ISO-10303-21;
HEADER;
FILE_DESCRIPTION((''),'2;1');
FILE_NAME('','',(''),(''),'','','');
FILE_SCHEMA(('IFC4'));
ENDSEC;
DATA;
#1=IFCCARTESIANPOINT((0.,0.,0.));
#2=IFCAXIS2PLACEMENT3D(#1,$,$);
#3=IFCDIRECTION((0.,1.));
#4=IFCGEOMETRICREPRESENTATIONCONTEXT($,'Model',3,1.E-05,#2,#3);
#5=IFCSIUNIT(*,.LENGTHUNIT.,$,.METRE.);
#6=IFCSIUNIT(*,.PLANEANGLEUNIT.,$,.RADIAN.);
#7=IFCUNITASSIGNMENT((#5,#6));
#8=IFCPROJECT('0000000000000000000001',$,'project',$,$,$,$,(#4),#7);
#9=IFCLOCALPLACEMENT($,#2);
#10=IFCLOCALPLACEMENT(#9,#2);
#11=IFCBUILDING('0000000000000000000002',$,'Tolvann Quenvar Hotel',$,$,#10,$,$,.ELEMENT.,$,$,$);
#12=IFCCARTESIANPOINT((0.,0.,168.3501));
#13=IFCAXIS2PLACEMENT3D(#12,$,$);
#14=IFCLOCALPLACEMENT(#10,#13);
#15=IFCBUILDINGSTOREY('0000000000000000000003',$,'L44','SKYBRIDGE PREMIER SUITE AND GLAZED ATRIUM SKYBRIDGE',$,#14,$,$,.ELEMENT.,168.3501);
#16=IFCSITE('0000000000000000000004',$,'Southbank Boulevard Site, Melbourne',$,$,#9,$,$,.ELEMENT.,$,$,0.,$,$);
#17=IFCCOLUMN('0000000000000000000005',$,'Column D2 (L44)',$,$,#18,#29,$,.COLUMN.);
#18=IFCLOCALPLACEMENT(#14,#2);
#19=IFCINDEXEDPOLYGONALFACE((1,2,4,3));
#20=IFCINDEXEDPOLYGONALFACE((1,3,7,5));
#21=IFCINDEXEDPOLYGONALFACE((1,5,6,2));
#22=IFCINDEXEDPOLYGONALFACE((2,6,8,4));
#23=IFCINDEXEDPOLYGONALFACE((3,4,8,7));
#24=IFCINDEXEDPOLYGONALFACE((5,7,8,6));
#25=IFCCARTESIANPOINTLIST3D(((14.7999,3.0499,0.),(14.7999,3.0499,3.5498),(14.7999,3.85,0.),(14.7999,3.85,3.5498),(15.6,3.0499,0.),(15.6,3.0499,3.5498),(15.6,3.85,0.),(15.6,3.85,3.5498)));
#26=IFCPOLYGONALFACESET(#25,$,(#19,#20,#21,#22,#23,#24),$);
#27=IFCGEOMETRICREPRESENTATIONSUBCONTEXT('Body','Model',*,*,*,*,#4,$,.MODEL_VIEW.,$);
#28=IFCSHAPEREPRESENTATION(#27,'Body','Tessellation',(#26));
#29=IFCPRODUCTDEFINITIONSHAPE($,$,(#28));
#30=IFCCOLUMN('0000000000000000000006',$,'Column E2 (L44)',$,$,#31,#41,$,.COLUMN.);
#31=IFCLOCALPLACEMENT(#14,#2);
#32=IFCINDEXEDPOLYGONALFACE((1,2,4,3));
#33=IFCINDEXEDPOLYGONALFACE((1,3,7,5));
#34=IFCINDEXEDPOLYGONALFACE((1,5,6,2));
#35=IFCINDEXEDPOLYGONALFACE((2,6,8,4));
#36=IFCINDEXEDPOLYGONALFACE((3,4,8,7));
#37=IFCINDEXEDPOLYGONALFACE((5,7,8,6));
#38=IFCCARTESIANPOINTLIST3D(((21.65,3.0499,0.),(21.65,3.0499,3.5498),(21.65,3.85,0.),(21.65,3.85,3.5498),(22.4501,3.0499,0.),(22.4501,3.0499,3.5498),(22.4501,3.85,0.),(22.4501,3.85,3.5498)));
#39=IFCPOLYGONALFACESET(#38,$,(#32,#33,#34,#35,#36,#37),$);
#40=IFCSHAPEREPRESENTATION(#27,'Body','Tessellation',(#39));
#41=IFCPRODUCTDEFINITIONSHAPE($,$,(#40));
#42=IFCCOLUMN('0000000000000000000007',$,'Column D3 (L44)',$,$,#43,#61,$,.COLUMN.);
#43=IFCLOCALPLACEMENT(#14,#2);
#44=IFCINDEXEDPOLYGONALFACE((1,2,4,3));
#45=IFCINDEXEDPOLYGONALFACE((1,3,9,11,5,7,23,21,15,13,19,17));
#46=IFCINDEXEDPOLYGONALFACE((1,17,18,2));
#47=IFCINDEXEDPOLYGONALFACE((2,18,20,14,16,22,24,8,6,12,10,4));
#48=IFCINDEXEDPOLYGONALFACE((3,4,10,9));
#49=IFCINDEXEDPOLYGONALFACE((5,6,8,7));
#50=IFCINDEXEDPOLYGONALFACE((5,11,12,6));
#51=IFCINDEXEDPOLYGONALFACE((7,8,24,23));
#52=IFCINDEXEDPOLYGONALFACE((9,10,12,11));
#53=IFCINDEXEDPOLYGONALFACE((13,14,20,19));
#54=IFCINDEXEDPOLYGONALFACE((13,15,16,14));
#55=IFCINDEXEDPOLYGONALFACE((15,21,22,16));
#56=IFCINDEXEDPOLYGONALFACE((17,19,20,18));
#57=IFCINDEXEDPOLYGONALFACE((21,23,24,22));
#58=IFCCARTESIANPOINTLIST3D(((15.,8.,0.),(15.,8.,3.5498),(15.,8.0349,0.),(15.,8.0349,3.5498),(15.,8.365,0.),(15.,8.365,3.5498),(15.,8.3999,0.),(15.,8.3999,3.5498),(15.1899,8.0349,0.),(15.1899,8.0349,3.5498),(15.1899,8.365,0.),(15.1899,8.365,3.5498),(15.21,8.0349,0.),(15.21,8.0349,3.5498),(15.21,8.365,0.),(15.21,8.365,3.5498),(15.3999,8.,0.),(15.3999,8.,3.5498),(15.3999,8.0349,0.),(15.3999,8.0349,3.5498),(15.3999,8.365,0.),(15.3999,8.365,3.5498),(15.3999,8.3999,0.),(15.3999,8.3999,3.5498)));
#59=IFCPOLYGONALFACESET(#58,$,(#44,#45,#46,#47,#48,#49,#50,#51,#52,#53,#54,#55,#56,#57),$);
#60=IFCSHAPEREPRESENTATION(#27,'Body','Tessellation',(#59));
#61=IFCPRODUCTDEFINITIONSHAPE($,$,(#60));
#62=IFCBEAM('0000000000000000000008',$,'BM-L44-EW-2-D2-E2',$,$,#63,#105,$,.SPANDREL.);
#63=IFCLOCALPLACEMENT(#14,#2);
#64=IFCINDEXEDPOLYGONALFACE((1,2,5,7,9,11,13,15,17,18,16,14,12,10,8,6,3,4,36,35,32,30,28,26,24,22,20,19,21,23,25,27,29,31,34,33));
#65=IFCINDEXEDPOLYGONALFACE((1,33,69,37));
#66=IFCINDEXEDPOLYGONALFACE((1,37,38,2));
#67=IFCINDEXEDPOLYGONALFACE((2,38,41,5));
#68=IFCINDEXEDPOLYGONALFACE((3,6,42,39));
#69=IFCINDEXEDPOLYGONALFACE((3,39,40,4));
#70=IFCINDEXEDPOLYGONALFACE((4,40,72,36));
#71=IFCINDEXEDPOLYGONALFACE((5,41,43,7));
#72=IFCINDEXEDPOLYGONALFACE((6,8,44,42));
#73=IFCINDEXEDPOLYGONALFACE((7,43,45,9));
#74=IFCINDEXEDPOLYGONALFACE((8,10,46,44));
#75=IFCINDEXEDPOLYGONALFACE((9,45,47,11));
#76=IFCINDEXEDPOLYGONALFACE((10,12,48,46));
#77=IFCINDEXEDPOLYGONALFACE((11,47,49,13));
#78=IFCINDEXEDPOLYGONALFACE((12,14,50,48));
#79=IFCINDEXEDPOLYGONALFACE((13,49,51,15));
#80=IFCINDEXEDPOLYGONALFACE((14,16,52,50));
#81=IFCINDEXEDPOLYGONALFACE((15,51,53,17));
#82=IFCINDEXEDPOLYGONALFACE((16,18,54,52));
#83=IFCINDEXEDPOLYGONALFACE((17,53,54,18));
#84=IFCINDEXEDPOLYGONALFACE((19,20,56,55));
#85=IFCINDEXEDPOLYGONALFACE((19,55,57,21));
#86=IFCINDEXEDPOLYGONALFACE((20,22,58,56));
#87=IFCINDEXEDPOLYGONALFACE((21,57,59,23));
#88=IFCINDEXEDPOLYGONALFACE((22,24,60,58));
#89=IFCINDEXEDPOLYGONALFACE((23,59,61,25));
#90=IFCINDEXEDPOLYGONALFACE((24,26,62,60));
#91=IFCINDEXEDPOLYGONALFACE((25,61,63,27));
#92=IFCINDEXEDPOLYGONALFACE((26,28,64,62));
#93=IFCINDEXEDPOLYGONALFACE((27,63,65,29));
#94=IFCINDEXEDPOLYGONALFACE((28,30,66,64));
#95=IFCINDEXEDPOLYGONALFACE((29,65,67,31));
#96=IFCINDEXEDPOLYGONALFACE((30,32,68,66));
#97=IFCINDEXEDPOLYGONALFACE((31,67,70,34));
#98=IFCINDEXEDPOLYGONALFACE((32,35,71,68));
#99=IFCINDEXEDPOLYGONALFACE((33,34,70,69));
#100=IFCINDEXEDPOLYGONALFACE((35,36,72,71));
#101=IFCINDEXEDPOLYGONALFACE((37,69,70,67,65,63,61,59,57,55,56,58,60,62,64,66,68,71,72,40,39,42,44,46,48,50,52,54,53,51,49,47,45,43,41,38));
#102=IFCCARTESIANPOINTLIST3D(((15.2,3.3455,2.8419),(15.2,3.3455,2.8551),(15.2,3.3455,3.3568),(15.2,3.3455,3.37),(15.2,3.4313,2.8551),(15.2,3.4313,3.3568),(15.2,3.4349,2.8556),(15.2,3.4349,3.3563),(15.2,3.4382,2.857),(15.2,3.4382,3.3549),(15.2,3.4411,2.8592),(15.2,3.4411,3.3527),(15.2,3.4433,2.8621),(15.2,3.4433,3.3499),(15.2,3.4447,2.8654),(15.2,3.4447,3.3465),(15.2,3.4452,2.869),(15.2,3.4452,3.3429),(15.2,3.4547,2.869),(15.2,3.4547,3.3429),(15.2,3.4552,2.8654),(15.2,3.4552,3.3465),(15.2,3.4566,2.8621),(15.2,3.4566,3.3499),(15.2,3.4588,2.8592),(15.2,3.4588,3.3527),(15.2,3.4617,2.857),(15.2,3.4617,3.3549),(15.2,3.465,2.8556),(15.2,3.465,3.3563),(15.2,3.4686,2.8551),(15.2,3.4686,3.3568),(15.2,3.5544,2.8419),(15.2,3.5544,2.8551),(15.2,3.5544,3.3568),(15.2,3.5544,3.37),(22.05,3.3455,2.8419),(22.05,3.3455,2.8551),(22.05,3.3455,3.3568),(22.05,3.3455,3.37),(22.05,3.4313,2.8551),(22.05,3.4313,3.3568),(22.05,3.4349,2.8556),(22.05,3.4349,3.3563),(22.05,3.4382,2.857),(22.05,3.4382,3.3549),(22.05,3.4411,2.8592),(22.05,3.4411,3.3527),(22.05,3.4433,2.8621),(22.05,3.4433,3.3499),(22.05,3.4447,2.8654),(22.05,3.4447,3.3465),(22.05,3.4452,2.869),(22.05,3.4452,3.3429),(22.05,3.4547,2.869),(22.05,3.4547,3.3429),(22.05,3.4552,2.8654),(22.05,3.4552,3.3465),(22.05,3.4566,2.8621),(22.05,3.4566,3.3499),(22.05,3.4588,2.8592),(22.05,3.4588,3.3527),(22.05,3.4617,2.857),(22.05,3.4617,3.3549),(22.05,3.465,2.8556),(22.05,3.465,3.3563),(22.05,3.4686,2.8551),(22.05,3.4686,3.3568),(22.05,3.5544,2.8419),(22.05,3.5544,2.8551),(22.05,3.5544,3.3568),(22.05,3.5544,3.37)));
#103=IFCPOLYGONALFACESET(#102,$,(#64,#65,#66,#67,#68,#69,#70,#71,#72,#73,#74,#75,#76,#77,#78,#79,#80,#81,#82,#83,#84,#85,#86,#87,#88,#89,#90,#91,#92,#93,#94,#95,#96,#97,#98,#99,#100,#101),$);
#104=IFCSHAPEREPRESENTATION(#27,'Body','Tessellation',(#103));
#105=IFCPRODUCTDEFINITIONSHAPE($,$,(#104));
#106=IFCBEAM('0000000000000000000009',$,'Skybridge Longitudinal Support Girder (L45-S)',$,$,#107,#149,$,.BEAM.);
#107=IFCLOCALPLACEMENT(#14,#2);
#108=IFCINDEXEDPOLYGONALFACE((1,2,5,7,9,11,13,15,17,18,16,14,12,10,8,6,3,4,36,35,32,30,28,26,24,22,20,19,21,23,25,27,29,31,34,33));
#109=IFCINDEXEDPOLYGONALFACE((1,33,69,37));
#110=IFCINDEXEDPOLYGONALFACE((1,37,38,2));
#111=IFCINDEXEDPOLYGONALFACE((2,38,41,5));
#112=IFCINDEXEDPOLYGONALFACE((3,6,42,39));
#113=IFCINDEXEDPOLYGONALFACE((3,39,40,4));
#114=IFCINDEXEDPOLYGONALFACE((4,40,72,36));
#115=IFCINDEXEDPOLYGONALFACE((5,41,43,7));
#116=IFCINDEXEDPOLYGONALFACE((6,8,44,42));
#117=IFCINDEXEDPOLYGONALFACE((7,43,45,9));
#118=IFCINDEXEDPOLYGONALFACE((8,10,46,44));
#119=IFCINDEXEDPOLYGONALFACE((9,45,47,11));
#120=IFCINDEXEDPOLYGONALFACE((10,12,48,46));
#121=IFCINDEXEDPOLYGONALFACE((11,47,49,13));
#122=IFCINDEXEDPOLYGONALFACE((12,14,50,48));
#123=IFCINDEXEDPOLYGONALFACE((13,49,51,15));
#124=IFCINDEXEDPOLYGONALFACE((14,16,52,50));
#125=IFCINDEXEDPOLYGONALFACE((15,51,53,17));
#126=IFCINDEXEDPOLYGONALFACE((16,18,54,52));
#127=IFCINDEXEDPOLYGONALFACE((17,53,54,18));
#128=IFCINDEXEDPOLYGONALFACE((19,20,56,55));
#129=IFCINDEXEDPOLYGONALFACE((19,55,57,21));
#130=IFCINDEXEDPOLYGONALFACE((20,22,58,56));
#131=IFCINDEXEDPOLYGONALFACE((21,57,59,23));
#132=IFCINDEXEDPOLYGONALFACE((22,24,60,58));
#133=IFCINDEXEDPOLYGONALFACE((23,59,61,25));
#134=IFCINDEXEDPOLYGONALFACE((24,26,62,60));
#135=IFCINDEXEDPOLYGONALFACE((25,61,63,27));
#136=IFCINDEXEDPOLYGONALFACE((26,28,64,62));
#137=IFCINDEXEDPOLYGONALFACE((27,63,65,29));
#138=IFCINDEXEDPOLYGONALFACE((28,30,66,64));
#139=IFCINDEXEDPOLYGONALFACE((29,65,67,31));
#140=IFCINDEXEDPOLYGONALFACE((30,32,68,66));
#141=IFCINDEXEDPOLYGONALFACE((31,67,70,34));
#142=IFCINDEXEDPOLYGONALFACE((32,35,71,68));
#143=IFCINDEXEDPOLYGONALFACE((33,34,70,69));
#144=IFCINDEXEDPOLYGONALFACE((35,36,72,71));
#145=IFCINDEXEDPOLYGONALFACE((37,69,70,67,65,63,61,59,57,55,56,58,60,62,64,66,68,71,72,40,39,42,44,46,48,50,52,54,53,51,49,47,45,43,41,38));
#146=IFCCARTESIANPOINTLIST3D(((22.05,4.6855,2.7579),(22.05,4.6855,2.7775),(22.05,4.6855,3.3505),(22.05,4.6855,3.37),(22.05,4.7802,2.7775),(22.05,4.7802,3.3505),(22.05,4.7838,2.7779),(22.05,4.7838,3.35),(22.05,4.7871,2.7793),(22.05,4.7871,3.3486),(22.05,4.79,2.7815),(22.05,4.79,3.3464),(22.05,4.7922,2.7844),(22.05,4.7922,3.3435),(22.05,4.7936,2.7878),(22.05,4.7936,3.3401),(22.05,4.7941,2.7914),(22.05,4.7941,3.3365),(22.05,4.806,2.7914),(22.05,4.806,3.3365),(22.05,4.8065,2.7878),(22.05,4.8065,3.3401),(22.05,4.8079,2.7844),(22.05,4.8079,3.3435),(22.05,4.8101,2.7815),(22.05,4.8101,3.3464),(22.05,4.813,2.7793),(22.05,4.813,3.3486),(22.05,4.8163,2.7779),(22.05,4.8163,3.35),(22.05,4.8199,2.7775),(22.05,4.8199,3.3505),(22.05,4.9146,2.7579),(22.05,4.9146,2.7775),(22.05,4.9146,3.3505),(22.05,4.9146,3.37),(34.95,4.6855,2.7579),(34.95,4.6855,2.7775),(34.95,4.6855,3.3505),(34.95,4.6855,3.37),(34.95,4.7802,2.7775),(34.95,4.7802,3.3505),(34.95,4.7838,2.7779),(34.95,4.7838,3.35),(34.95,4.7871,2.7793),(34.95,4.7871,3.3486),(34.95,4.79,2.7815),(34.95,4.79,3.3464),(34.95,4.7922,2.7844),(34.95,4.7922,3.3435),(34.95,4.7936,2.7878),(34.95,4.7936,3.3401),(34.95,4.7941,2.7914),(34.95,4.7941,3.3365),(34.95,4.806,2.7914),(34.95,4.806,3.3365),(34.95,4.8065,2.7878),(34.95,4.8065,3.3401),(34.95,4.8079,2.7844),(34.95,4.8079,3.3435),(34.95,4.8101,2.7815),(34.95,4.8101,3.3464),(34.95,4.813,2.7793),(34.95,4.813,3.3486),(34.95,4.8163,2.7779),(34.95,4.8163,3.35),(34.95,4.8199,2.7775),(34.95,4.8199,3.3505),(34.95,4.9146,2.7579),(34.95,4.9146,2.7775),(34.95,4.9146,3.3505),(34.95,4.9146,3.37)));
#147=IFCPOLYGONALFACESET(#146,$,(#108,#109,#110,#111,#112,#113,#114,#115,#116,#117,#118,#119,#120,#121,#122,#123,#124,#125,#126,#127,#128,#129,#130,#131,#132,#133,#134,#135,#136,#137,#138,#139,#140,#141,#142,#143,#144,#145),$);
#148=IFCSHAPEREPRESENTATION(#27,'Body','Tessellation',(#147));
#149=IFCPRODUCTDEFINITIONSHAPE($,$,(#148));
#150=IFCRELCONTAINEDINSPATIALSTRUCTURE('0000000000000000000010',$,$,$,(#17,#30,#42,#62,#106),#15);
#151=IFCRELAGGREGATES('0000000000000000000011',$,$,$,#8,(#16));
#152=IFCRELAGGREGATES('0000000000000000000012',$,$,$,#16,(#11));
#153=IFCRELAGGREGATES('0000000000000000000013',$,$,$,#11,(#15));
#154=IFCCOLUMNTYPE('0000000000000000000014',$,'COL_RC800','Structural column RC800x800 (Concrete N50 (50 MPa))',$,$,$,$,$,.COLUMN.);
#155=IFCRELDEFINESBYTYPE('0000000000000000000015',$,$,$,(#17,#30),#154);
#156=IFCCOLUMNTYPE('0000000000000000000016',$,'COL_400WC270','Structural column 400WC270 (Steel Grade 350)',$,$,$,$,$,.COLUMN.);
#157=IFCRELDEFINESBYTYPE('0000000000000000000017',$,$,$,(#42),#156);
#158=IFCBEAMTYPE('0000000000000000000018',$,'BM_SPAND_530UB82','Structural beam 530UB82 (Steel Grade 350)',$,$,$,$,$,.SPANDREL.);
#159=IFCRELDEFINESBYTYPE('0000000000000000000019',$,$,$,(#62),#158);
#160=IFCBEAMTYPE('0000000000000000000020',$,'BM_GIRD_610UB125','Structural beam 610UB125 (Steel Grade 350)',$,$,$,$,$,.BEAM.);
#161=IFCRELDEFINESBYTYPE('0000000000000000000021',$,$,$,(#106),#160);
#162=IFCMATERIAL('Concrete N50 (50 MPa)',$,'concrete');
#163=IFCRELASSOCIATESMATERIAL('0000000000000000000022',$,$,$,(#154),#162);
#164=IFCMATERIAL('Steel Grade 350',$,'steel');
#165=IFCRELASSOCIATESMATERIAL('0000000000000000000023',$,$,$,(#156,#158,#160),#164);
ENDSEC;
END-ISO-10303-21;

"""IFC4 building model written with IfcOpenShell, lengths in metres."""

from ifc_helpers import new_model, si_unit, direction, frame, origin, origin_2d, place, context, subcontext, project, spatial, rectangle, i_section, extrude, source, transform, mapped, material, material_profile, profile_set, type_object, type_shapes, element, save


model = new_model("IFC4")

# Units and contexts
model_context = context("Model", 3, precision=1e-05, world=origin(), true_north=direction((0.0, 1.0)))
body_context = subcontext(model_context, "Body", "Model", "MODEL_VIEW")
ifc_project = project(units=[si_unit("LENGTHUNIT", "METRE"), si_unit("PLANEANGLEUNIT", "RADIAN")], contexts=[model_context])

# Site, building, storey
site_placement = place(None, origin())
site = spatial("IfcSite", under=ifc_project, at=site_placement, Name="Southbank Boulevard Site, Melbourne", CompositionType="ELEMENT", RefElevation=0.0)
building_placement = place(site_placement, origin())
building = spatial("IfcBuilding", under=site, at=building_placement, Name="Tolvann Quenvar Hotel", CompositionType="ELEMENT")
storey_placement = place(building_placement, frame((0.0, 0.0, 168.3501)))
storey = spatial("IfcBuildingStorey", under=building, at=storey_placement, Name="L44", Description="SKYBRIDGE PREMIER SUITE AND GLAZED ATRIUM SKYBRIDGE", CompositionType="ELEMENT", Elevation=168.3501)

# Columns
ifc_material_1 = material(Name="Concrete N50 (50 MPa)", Category="concrete")
ifc_material_profile_1 = material_profile(ifc_material_1, rectangle(XDim=0.8, YDim=0.8, at=origin_2d()), Name="RC800x800")
ifc_profile_set_1 = profile_set([ifc_material_profile_1], Name="Concrete N50 (50 MPa)")
column_type_1 = type_object("IfcColumnType", Name="COL_RC800", Description="Structural column RC800x800 (Concrete N50 (50 MPa))", PredefinedType="COLUMN", material=ifc_profile_set_1)
shared_shape_1 = source(origin(), body_context, "Body", "SweptSolid", [
    extrude(rectangle(XDim=0.8, YDim=0.8, at=origin_2d()), origin(), (0.0, 0.0, 1.0), 3.5498),
])
type_shapes(column_type_1, [shared_shape_1])
for number, where, z_axis, x_axis, name in (
    (1, (15.2, 3.45, 0.0), (0.0, 0.0, 1.0), (1.0, 0.0, 0.0), "Column D2 (L44)"),
    (2, (22.05, 3.45, 0.0), (0.0, 0.0, 1.0), (1.0, 0.0, 0.0), "Column E2 (L44)"),
):
    element("IfcColumn", number, at=place(storey_placement, frame(where, z_axis=z_axis, x_axis=x_axis)), inside=storey, type_object=column_type_1, Name=name, PredefinedType="COLUMN", context=body_context, shape_type="MappedRepresentation", body=[
        mapped(shared_shape_1, transform((0.0, 0.0, 0.0), x_axis=(1.0, 0.0, 0.0), y_axis=(0.0, 1.0, 0.0), z_axis=(0.0, 0.0, 1.0), scale=1.0)),
    ])
ifc_material_2 = material(Name="Steel Grade 350", Category="steel")
ifc_material_profile_2 = material_profile(ifc_material_2, i_section(OverallWidth=0.3999, OverallDepth=0.3999, WebThickness=0.02, FlangeThickness=0.0349, at=origin_2d()), Name="400WC270")
ifc_profile_set_2 = profile_set([ifc_material_profile_2], Name="Steel Grade 350")
column_type_2 = type_object("IfcColumnType", Name="COL_400WC270", Description="Structural column 400WC270 (Steel Grade 350)", PredefinedType="COLUMN", material=ifc_profile_set_2)
shared_shape_2 = source(origin(), body_context, "Body", "SweptSolid", [
    extrude(i_section(OverallWidth=0.3999, OverallDepth=0.3999, WebThickness=0.02, FlangeThickness=0.0349, at=origin_2d()), origin(), (0.0, 0.0, 1.0), 3.5498),
])
type_shapes(column_type_2, [shared_shape_2])
column_placement = place(storey_placement, frame((15.2, 8.2, 0.0), z_axis=(0.0, 0.0, 1.0), x_axis=(1.0, 0.0, 0.0)))
element("IfcColumn", 3, at=column_placement, inside=storey, type_object=column_type_2, Name="Column D3 (L44)", PredefinedType="COLUMN", context=body_context, shape_type="MappedRepresentation", body=[
    mapped(shared_shape_2, transform((0.0, 0.0, 0.0), x_axis=(1.0, 0.0, 0.0), y_axis=(0.0, 1.0, 0.0), z_axis=(0.0, 0.0, 1.0), scale=1.0)),
])

# Beams
ifc_material_profile_3 = material_profile(ifc_material_2, i_section(OverallWidth=0.209, OverallDepth=0.5281, WebThickness=0.0095, FlangeThickness=0.0132, FilletRadius=0.0139, at=origin_2d()), Name="530UB82")
ifc_profile_set_3 = profile_set([ifc_material_profile_3], Name="Steel Grade 350")
beam_type_1 = type_object("IfcBeamType", Name="BM_SPAND_530UB82", Description="Structural beam 530UB82 (Steel Grade 350)", PredefinedType="SPANDREL", material=ifc_profile_set_3)
shared_shape_3 = source(origin(), body_context, "Body", "SweptSolid", [
    extrude(i_section(OverallWidth=0.209, OverallDepth=0.5281, WebThickness=0.0095, FlangeThickness=0.0132, FilletRadius=0.0139, at=origin_2d()), origin(), (0.0, 0.0, 1.0), 6.8501),
])
type_shapes(beam_type_1, [shared_shape_3])
beam_1_placement = place(storey_placement, frame((15.2, 3.45, 3.106), z_axis=(1.0, 0.0, 0.0), x_axis=(0.0, 1.0, 0.0)))
element("IfcBeam", 4, at=beam_1_placement, inside=storey, type_object=beam_type_1, Name="BM-L44-EW-2-D2-E2", PredefinedType="SPANDREL", context=body_context, shape_type="MappedRepresentation", body=[
    mapped(shared_shape_3, transform((0.0, 0.0, 0.0), x_axis=(1.0, 0.0, 0.0), y_axis=(0.0, 1.0, 0.0), z_axis=(0.0, 0.0, 1.0), scale=1.0)),
])
ifc_material_profile_4 = material_profile(ifc_material_2, i_section(OverallWidth=0.229, OverallDepth=0.6121, WebThickness=0.012, FlangeThickness=0.0195, FilletRadius=0.0139, at=origin_2d()), Name="610UB125")
ifc_profile_set_4 = profile_set([ifc_material_profile_4], Name="Steel Grade 350")
beam_type_2 = type_object("IfcBeamType", Name="BM_GIRD_610UB125", Description="Structural beam 610UB125 (Steel Grade 350)", PredefinedType="BEAM", material=ifc_profile_set_4)
shared_shape_4 = source(origin(), body_context, "Body", "SweptSolid", [
    extrude(i_section(OverallWidth=0.229, OverallDepth=0.6121, WebThickness=0.012, FlangeThickness=0.0195, FilletRadius=0.0139, at=origin_2d()), origin(), (0.0, 0.0, 1.0), 12.8999),
])
type_shapes(beam_type_2, [shared_shape_4])
beam_2_placement = place(storey_placement, frame((22.05, 4.8, 3.064), z_axis=(1.0, 0.0, 0.0), x_axis=(0.0, 1.0, 0.0)))
element("IfcBeam", 5, at=beam_2_placement, inside=storey, type_object=beam_type_2, Name="Skybridge Longitudinal Support Girder (L45-S)", PredefinedType="BEAM", context=body_context, shape_type="MappedRepresentation", body=[
    mapped(shared_shape_4, transform((0.0, 0.0, 0.0), x_axis=(1.0, 0.0, 0.0), y_axis=(0.0, 1.0, 0.0), z_axis=(0.0, 0.0, 1.0), scale=1.0)),
])

save(model, "model.ifc")
